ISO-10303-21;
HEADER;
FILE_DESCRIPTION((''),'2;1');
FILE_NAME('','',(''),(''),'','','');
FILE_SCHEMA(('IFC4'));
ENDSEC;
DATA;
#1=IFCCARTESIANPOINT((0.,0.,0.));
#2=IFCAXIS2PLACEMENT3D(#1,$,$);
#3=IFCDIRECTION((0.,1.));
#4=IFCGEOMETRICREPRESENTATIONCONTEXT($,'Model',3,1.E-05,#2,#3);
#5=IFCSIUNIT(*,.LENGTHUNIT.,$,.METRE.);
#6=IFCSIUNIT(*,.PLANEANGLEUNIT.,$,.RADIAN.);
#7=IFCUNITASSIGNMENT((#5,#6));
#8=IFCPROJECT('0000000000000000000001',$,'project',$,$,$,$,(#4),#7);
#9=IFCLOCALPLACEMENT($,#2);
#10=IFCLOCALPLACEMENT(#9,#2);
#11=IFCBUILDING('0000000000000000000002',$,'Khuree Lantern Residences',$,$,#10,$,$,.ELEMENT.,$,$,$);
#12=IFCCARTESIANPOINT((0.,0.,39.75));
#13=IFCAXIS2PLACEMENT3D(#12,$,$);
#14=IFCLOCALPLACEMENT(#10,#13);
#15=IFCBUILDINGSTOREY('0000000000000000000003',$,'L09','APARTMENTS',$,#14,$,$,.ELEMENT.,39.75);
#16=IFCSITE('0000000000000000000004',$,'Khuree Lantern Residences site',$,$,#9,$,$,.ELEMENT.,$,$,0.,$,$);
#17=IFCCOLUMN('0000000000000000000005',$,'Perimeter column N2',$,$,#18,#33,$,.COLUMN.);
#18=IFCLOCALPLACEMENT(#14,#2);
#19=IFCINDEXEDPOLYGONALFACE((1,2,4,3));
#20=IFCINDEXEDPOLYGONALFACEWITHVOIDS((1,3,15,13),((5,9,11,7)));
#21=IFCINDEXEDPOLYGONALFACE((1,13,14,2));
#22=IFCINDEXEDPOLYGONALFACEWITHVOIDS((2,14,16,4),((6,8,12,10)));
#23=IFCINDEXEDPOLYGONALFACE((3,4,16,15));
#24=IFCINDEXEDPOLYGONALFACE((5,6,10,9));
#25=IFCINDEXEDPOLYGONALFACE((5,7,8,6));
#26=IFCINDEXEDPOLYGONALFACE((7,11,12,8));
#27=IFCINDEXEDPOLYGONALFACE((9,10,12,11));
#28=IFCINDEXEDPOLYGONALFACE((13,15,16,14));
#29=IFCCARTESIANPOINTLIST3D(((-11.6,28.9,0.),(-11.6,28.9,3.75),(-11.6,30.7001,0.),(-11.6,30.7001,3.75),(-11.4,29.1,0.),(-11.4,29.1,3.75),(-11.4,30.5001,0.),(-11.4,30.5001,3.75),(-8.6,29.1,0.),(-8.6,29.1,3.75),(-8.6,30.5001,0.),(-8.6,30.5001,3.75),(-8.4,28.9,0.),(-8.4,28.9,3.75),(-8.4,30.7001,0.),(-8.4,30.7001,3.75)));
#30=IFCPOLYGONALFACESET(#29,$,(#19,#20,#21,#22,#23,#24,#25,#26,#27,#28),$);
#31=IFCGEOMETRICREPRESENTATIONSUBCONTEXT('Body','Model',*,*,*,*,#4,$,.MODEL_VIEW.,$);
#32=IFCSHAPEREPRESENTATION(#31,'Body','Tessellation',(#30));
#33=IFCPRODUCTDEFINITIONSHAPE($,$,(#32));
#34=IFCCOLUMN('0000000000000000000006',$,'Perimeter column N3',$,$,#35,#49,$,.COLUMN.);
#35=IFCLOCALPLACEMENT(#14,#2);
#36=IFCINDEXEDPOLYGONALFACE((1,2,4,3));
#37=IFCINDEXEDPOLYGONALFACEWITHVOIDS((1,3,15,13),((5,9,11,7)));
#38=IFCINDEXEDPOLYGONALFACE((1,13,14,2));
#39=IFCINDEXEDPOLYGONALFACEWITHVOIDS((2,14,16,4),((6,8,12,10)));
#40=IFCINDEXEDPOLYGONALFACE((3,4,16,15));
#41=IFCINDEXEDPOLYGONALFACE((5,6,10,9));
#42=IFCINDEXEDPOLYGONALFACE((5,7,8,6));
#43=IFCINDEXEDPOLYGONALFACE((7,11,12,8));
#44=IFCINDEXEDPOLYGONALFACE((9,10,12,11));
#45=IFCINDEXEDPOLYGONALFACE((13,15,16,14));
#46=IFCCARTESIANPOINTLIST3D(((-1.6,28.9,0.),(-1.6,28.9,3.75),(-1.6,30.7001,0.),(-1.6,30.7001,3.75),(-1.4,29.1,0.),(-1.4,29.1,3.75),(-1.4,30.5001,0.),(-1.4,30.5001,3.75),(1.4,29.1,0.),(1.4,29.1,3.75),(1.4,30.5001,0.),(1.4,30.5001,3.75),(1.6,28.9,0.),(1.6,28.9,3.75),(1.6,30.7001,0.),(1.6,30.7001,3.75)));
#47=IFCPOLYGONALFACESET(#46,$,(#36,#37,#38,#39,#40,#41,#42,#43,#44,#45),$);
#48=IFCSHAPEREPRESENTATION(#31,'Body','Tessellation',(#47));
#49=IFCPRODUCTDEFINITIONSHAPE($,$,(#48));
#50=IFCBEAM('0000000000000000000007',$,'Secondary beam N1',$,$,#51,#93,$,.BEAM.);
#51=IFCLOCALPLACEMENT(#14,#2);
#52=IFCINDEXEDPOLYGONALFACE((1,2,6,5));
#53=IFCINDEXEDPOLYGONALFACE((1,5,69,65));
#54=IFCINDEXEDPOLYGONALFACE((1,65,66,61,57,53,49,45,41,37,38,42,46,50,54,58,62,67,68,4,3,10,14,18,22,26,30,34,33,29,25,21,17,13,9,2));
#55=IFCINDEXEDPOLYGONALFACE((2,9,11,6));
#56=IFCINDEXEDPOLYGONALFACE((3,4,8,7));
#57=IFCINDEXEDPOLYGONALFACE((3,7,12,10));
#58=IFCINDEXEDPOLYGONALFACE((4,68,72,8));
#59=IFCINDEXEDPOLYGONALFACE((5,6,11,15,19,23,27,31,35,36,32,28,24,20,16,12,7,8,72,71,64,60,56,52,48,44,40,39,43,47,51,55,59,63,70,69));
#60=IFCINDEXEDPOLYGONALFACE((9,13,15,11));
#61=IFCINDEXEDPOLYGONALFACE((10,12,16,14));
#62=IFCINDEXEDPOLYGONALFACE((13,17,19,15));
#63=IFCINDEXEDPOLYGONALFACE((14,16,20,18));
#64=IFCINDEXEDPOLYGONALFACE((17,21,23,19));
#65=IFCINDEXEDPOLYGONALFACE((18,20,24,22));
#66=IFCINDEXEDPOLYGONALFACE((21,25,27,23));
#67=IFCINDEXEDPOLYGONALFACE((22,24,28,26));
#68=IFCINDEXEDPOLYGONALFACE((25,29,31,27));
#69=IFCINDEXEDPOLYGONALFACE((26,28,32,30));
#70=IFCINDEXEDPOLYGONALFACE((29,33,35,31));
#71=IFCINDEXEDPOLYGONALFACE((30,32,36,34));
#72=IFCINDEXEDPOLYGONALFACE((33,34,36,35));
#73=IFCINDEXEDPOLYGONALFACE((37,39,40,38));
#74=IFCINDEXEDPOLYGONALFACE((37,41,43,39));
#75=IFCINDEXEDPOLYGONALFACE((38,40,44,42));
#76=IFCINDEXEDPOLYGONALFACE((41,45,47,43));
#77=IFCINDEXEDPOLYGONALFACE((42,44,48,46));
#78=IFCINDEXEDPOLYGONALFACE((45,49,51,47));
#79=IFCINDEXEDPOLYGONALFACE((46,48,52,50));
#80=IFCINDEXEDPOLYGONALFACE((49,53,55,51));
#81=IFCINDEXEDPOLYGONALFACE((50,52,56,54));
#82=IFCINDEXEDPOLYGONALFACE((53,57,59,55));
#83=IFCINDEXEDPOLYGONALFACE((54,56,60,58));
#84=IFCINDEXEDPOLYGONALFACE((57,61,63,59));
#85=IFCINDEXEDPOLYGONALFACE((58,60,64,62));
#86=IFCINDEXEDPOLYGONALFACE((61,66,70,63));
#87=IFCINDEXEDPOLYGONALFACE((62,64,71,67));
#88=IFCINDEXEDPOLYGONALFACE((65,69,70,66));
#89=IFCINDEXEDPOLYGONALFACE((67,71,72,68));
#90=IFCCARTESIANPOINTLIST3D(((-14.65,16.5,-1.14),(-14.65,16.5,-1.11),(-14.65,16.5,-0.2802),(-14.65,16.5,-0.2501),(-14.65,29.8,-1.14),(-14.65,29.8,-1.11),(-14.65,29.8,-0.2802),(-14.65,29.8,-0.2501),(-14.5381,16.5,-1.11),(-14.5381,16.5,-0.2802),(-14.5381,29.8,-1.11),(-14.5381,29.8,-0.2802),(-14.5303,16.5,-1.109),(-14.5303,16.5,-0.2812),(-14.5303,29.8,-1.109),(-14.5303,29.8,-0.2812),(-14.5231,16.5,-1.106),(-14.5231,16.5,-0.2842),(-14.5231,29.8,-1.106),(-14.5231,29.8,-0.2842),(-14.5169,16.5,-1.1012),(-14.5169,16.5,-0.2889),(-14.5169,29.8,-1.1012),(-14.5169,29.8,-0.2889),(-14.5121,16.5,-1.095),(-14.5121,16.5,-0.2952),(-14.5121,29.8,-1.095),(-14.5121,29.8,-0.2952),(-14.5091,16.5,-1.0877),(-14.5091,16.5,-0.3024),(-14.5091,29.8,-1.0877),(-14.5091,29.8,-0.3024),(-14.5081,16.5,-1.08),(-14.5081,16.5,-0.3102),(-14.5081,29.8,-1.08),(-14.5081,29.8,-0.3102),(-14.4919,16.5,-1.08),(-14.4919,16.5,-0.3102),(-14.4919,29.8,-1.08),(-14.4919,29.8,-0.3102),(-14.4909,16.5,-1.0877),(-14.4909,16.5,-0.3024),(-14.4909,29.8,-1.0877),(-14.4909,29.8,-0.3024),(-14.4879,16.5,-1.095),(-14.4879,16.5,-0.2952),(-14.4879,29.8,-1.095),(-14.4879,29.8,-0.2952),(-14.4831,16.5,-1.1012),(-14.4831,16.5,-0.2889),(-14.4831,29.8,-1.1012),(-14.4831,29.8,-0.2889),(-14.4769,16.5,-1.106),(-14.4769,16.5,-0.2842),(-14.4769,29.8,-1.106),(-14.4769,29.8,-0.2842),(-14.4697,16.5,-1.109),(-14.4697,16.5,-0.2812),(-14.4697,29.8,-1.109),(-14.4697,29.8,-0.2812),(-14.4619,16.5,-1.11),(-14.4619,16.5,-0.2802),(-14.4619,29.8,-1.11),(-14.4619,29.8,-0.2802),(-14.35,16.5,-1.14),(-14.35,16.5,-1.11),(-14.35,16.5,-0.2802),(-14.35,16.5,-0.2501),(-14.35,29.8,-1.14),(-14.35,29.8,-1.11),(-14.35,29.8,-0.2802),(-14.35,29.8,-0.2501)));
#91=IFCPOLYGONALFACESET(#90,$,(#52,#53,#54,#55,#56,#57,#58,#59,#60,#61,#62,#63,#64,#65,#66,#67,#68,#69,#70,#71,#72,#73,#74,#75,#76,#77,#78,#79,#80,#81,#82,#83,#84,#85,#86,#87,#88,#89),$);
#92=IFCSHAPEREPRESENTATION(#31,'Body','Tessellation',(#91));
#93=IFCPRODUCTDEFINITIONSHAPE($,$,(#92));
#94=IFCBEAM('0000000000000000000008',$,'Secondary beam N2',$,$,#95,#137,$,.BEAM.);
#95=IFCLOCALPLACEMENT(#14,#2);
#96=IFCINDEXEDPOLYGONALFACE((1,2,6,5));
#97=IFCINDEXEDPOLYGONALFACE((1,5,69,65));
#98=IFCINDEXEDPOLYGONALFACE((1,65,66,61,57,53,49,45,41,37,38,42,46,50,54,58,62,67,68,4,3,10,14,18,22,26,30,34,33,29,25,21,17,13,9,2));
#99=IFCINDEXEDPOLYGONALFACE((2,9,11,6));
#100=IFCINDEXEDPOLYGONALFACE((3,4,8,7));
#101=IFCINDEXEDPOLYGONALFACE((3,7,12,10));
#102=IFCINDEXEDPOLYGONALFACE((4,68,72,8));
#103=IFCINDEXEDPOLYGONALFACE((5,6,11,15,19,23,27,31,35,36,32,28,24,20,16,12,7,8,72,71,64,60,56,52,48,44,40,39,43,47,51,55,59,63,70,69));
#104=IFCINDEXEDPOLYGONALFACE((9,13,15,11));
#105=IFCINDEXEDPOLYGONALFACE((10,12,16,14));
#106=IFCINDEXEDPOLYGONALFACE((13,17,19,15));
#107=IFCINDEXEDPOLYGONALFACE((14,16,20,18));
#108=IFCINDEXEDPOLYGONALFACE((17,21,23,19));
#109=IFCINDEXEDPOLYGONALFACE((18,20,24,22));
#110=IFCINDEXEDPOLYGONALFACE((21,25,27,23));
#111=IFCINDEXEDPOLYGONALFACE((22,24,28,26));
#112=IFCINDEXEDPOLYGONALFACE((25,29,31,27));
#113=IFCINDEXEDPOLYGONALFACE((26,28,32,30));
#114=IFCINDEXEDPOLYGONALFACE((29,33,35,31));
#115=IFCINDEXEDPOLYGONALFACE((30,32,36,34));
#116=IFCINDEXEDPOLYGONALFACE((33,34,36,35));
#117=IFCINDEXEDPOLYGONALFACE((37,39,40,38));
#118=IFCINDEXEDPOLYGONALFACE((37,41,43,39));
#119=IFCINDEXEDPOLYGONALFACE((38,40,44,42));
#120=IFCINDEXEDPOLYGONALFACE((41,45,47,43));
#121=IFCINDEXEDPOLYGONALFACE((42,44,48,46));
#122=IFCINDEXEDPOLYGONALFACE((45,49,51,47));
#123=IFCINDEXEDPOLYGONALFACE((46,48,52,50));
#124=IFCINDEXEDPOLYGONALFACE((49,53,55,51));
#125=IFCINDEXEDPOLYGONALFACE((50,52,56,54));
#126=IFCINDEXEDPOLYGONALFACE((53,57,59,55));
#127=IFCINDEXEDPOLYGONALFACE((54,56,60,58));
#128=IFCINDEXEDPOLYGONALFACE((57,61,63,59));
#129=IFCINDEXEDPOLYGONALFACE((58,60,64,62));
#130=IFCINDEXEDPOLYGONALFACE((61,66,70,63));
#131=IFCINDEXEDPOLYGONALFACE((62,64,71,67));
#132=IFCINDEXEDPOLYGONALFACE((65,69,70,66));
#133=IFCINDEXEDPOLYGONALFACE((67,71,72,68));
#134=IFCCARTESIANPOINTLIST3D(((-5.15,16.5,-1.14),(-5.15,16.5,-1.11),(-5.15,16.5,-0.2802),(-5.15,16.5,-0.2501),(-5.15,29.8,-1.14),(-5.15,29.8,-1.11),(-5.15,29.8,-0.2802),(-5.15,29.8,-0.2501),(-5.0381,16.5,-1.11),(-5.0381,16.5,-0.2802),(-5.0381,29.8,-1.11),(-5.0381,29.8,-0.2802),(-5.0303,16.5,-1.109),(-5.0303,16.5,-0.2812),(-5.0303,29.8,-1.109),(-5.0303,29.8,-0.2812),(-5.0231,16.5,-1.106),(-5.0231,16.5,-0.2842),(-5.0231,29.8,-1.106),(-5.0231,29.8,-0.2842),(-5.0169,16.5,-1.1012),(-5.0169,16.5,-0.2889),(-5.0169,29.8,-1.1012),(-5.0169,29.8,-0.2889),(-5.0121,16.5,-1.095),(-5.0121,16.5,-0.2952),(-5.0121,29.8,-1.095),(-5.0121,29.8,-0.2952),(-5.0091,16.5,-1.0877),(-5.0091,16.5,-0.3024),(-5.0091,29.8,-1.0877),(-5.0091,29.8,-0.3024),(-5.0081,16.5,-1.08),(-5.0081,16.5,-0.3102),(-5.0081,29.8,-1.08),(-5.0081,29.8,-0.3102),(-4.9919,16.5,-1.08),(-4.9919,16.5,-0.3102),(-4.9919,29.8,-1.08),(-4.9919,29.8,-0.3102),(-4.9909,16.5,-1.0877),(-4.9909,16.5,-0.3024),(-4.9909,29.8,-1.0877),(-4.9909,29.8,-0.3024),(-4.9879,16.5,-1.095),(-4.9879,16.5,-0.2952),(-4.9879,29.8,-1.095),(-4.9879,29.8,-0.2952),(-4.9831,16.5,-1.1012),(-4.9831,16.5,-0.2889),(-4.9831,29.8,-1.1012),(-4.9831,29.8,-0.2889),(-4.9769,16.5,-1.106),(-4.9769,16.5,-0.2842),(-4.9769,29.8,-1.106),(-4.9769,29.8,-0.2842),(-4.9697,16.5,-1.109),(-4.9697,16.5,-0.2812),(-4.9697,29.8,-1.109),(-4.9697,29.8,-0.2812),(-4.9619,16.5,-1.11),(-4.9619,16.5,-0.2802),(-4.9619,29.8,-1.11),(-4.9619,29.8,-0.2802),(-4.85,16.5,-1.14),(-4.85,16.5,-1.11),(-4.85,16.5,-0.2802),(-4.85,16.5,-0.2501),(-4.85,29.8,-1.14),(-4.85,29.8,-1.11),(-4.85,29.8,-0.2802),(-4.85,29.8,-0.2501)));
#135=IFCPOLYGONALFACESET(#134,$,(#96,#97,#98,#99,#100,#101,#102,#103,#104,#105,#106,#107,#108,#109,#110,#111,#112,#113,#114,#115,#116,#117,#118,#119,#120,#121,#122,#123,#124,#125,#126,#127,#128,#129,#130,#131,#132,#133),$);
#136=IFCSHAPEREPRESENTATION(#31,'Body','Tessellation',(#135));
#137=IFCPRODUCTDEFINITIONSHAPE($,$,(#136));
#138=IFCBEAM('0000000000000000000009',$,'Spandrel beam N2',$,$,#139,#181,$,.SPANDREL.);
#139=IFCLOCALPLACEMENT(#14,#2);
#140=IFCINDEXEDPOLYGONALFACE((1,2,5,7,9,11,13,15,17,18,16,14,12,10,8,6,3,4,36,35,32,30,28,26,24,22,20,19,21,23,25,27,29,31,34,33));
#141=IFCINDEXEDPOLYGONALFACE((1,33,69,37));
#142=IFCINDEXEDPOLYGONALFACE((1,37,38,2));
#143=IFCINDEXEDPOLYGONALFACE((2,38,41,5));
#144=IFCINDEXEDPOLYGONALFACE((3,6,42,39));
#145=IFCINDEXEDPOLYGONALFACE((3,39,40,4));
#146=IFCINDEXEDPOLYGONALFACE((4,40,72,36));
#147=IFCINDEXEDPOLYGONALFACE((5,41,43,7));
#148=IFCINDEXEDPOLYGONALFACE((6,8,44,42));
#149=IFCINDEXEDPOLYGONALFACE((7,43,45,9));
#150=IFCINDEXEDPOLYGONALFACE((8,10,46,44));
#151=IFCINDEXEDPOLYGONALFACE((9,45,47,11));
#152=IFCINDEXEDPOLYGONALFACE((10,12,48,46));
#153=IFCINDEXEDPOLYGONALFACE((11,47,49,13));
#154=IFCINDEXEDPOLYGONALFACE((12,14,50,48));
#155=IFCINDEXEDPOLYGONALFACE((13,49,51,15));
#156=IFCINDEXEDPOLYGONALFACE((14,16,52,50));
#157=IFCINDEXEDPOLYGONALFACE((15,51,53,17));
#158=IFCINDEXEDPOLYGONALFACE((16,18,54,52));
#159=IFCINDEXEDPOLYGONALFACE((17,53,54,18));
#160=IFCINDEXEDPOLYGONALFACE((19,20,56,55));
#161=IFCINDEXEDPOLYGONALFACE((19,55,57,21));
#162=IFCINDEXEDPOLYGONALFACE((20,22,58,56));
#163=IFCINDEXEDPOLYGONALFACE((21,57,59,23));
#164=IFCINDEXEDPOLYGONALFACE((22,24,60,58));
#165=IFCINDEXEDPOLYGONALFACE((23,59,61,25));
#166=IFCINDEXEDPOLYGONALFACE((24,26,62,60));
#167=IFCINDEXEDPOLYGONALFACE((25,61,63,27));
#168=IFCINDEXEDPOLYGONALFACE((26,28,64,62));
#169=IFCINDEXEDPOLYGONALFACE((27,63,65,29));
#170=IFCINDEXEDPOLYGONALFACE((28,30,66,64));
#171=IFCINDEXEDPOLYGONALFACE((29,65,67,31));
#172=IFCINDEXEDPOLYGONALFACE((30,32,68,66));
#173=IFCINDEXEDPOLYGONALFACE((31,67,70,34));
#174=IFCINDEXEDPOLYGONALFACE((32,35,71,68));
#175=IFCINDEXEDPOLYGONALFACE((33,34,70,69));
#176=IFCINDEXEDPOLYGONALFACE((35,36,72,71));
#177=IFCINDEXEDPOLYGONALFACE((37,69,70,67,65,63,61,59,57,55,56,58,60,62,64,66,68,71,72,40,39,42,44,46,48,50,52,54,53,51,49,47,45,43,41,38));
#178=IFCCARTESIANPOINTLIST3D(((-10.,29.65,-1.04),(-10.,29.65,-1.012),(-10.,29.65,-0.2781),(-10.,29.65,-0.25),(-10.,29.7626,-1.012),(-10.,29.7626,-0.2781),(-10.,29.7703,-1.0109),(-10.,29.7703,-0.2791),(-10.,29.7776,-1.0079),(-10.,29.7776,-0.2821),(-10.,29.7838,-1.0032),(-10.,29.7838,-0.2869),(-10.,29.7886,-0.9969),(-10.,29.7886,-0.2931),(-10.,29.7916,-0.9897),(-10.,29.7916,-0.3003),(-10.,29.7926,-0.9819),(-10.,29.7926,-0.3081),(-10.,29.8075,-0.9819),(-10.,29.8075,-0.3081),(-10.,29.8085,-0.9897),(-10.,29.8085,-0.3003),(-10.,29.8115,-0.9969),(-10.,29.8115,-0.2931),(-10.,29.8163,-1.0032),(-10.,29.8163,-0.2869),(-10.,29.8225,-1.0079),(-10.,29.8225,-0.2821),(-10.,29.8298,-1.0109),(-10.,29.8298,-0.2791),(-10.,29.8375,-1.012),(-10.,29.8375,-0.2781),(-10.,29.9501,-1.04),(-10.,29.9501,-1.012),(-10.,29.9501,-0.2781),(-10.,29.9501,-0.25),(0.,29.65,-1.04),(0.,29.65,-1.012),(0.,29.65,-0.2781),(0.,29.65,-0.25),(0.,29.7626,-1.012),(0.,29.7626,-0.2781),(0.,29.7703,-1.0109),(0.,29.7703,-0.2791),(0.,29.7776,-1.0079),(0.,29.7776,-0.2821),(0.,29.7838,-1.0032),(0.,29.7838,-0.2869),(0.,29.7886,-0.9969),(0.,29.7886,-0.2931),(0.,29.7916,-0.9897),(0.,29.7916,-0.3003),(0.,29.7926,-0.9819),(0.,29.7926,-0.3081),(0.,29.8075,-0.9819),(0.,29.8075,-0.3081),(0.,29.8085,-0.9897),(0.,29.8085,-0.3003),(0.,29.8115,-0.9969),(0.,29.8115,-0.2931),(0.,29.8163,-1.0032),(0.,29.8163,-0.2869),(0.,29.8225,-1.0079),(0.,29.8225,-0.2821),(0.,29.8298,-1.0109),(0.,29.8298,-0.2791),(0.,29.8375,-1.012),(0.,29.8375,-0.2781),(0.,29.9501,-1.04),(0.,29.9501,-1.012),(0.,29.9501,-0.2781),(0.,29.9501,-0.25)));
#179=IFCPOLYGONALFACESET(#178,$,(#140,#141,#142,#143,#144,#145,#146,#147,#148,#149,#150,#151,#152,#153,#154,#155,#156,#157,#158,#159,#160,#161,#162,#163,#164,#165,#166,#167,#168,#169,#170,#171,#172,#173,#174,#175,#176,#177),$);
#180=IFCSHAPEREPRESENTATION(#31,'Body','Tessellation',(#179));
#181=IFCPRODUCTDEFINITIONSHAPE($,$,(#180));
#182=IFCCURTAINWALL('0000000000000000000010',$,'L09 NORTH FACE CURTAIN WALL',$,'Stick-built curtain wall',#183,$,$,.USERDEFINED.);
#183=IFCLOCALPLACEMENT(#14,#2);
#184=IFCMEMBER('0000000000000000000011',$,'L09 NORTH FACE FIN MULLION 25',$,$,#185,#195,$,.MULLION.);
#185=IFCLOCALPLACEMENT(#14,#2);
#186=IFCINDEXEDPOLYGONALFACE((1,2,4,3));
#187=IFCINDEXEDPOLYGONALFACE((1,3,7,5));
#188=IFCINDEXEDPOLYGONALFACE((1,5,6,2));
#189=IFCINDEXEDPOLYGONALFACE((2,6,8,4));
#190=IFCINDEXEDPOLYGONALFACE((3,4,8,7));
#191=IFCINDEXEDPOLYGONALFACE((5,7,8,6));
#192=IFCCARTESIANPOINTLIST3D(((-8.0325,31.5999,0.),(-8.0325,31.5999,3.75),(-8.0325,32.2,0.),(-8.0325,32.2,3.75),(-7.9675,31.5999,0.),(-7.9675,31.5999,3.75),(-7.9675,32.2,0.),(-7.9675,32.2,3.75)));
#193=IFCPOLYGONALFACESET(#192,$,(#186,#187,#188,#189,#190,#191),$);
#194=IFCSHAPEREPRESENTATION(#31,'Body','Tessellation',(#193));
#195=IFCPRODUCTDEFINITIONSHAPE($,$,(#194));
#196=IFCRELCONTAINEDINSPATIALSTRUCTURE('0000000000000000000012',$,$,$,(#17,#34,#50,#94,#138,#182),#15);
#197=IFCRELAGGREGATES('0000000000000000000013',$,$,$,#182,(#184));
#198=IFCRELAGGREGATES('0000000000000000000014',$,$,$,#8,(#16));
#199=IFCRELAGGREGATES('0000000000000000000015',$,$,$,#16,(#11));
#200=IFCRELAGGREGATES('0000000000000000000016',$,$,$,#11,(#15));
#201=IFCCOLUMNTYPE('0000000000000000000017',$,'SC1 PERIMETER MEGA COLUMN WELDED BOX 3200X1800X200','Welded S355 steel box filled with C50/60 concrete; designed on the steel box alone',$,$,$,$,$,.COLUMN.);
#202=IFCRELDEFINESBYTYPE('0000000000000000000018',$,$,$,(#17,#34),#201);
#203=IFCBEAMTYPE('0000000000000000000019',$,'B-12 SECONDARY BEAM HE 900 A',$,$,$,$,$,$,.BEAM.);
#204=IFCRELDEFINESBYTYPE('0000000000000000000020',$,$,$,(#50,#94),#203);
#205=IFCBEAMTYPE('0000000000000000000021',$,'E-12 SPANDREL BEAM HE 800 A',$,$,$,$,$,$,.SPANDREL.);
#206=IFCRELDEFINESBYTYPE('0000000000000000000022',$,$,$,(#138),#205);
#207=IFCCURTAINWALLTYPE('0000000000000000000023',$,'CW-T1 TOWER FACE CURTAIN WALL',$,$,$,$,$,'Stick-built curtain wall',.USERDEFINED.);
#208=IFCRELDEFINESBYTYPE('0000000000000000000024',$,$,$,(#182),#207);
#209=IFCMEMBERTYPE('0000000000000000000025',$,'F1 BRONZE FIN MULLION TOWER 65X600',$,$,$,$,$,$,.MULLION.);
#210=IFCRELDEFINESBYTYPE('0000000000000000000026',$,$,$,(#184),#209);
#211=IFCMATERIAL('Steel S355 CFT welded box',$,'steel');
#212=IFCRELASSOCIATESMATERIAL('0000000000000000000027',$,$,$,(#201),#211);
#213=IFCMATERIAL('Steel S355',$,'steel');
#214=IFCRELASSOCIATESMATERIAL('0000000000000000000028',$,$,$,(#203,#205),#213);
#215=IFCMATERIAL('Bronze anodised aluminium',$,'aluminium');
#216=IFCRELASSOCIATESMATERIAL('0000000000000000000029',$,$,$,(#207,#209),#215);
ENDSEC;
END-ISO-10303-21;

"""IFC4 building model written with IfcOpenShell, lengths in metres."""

from ifc_helpers import new_model, si_unit, direction, frame, origin, origin_2d, place, context, subcontext, project, spatial, rectangle, hollow_rectangle, i_section, extrude, material, material_profile, profile_set, type_object, element, aggregate, save


model = new_model("IFC4")

# Units and contexts
model_context = context("Model", 3, precision=1e-05, world=origin(), true_north=direction((0.0, 1.0)))
body_context = subcontext(model_context, "Body", "Model", "MODEL_VIEW")
ifc_project = project(units=[si_unit("LENGTHUNIT", "METRE"), si_unit("PLANEANGLEUNIT", "RADIAN")], contexts=[model_context])

# Site, building, storey
site_placement = place(None, origin())
site = spatial("IfcSite", under=ifc_project, at=site_placement, Name="Khuree Lantern Residences site", CompositionType="ELEMENT", RefElevation=0.0)
building_placement = place(site_placement, origin())
building = spatial("IfcBuilding", under=site, at=building_placement, Name="Khuree Lantern Residences", CompositionType="ELEMENT")
storey_placement = place(building_placement, frame((0.0, 0.0, 39.75)))
storey = spatial("IfcBuildingStorey", under=building, at=storey_placement, Name="L09", Description="APARTMENTS", CompositionType="ELEMENT", Elevation=39.75)

# Columns
ifc_material_1 = material(Name="Steel S355 CFT welded box", Category="steel")
ifc_material_profile_1 = material_profile(ifc_material_1, hollow_rectangle(XDim=3.2, YDim=1.8, WallThickness=0.2, at=origin_2d()), Name="WELDED BOX 3200X1800X200")
ifc_profile_set_1 = profile_set([ifc_material_profile_1], Name="Steel S355 CFT welded box")
column_type = type_object("IfcColumnType", Name="SC1 PERIMETER MEGA COLUMN WELDED BOX 3200X1800X200", Description="Welded S355 steel box filled with C50/60 concrete; designed on the steel box alone", PredefinedType="COLUMN", material=ifc_profile_set_1)
for number, where, z_axis, x_axis, name in (
    (1, (-10.0, 29.8, 0.0), (0.0, 0.0, 1.0), (1.0, 0.0, 0.0), "Perimeter column N2"),
    (2, (0.0, 29.8, 0.0), (0.0, 0.0, 1.0), (1.0, 0.0, 0.0), "Perimeter column N3"),
):
    element("IfcColumn", number, at=place(storey_placement, frame(where, z_axis=z_axis, x_axis=x_axis)), inside=storey, type_object=column_type, Name=name, PredefinedType="COLUMN", context=body_context, shape_type="SweptSolid", body=[
        extrude(hollow_rectangle(XDim=3.2, YDim=1.8, WallThickness=0.2, at=origin_2d()), origin(), (0.0, 0.0, 1.0), 3.75),
    ])

# Beams
ifc_material_2 = material(Name="Steel S355", Category="steel")
ifc_material_profile_2 = material_profile(ifc_material_2, i_section(OverallWidth=0.3, OverallDepth=0.8899, WebThickness=0.0161, FlangeThickness=0.03, FilletRadius=0.03, at=origin_2d()), Name="HE 900 A")
ifc_profile_set_2 = profile_set([ifc_material_profile_2], Name="Steel S355")
beam_type_1 = type_object("IfcBeamType", Name="B-12 SECONDARY BEAM HE 900 A", PredefinedType="BEAM", material=ifc_profile_set_2)
for number, where, z_axis, x_axis, name in (
    (3, (-14.5, 29.8, -0.6951), (0.0, -1.0, 0.0), (1.0, 0.0, 0.0), "Secondary beam N1"),
    (4, (-5.0, 29.8, -0.6951), (0.0, -1.0, 0.0), (1.0, 0.0, 0.0), "Secondary beam N2"),
):
    element("IfcBeam", number, at=place(storey_placement, frame(where, z_axis=z_axis, x_axis=x_axis)), inside=storey, type_object=beam_type_1, Name=name, PredefinedType="BEAM", context=body_context, shape_type="SweptSolid", body=[
        extrude(i_section(OverallWidth=0.3, OverallDepth=0.8899, WebThickness=0.0161, FlangeThickness=0.03, FilletRadius=0.03, at=origin_2d()), origin(), (0.0, 0.0, 1.0), 13.3),
    ])
ifc_material_profile_3 = material_profile(ifc_material_2, i_section(OverallWidth=0.3, OverallDepth=0.79, WebThickness=0.0149, FlangeThickness=0.0281, FilletRadius=0.03, at=origin_2d()), Name="HE 800 A")
ifc_profile_set_3 = profile_set([ifc_material_profile_3], Name="Steel S355")
beam_type_2 = type_object("IfcBeamType", Name="E-12 SPANDREL BEAM HE 800 A", PredefinedType="SPANDREL", material=ifc_profile_set_3)
beam_1_placement = place(storey_placement, frame((-10.0, 29.8, -0.645), z_axis=(1.0, 0.0, 0.0), x_axis=(0.0, 1.0, 0.0)))
element("IfcBeam", 5, at=beam_1_placement, inside=storey, type_object=beam_type_2, Name="Spandrel beam N2", PredefinedType="SPANDREL", context=body_context, shape_type="SweptSolid", body=[
    extrude(i_section(OverallWidth=0.3, OverallDepth=0.79, WebThickness=0.0149, FlangeThickness=0.0281, FilletRadius=0.03, at=origin_2d()), origin(), (0.0, 0.0, 1.0), 10.0),
])

# Curtain wall, member
ifc_material_3 = material(Name="Bronze anodised aluminium", Category="aluminium")
curtain_wall_type = type_object("IfcCurtainWallType", Name="CW-T1 TOWER FACE CURTAIN WALL", ElementType="Stick-built curtain wall", PredefinedType="USERDEFINED", material=ifc_material_3)
curtain_wall_placement = place(storey_placement, origin())
curtain_wall = element("IfcCurtainWall", 6, at=curtain_wall_placement, inside=storey, type_object=curtain_wall_type, Name="L09 NORTH FACE CURTAIN WALL", ObjectType="Stick-built curtain wall", PredefinedType="USERDEFINED")
ifc_material_profile_4 = material_profile(ifc_material_3, rectangle(XDim=0.0649, YDim=0.6001, at=origin_2d()), Name="F1 65X600")
ifc_profile_set_4 = profile_set([ifc_material_profile_4], Name="Bronze anodised aluminium")
member_type_1 = type_object("IfcMemberType", Name="F1 BRONZE FIN MULLION TOWER 65X600", PredefinedType="MULLION", material=ifc_profile_set_4)
member_1_placement = place(storey_placement, frame((-8.0, 31.8999, 0.0), z_axis=(0.0, 0.0, 1.0), x_axis=(-1.0, 0.0, 0.0)))
member_1 = element("IfcMember", 7, at=member_1_placement, type_object=member_type_1, Name="L09 NORTH FACE FIN MULLION 25", PredefinedType="MULLION", context=body_context, shape_type="SweptSolid", body=[
    extrude(rectangle(XDim=0.0649, YDim=0.6001, at=origin_2d()), origin(), (0.0, 0.0, 1.0), 3.75),
])

aggregate(curtain_wall, [member_1])

save(model, "model.ifc")
